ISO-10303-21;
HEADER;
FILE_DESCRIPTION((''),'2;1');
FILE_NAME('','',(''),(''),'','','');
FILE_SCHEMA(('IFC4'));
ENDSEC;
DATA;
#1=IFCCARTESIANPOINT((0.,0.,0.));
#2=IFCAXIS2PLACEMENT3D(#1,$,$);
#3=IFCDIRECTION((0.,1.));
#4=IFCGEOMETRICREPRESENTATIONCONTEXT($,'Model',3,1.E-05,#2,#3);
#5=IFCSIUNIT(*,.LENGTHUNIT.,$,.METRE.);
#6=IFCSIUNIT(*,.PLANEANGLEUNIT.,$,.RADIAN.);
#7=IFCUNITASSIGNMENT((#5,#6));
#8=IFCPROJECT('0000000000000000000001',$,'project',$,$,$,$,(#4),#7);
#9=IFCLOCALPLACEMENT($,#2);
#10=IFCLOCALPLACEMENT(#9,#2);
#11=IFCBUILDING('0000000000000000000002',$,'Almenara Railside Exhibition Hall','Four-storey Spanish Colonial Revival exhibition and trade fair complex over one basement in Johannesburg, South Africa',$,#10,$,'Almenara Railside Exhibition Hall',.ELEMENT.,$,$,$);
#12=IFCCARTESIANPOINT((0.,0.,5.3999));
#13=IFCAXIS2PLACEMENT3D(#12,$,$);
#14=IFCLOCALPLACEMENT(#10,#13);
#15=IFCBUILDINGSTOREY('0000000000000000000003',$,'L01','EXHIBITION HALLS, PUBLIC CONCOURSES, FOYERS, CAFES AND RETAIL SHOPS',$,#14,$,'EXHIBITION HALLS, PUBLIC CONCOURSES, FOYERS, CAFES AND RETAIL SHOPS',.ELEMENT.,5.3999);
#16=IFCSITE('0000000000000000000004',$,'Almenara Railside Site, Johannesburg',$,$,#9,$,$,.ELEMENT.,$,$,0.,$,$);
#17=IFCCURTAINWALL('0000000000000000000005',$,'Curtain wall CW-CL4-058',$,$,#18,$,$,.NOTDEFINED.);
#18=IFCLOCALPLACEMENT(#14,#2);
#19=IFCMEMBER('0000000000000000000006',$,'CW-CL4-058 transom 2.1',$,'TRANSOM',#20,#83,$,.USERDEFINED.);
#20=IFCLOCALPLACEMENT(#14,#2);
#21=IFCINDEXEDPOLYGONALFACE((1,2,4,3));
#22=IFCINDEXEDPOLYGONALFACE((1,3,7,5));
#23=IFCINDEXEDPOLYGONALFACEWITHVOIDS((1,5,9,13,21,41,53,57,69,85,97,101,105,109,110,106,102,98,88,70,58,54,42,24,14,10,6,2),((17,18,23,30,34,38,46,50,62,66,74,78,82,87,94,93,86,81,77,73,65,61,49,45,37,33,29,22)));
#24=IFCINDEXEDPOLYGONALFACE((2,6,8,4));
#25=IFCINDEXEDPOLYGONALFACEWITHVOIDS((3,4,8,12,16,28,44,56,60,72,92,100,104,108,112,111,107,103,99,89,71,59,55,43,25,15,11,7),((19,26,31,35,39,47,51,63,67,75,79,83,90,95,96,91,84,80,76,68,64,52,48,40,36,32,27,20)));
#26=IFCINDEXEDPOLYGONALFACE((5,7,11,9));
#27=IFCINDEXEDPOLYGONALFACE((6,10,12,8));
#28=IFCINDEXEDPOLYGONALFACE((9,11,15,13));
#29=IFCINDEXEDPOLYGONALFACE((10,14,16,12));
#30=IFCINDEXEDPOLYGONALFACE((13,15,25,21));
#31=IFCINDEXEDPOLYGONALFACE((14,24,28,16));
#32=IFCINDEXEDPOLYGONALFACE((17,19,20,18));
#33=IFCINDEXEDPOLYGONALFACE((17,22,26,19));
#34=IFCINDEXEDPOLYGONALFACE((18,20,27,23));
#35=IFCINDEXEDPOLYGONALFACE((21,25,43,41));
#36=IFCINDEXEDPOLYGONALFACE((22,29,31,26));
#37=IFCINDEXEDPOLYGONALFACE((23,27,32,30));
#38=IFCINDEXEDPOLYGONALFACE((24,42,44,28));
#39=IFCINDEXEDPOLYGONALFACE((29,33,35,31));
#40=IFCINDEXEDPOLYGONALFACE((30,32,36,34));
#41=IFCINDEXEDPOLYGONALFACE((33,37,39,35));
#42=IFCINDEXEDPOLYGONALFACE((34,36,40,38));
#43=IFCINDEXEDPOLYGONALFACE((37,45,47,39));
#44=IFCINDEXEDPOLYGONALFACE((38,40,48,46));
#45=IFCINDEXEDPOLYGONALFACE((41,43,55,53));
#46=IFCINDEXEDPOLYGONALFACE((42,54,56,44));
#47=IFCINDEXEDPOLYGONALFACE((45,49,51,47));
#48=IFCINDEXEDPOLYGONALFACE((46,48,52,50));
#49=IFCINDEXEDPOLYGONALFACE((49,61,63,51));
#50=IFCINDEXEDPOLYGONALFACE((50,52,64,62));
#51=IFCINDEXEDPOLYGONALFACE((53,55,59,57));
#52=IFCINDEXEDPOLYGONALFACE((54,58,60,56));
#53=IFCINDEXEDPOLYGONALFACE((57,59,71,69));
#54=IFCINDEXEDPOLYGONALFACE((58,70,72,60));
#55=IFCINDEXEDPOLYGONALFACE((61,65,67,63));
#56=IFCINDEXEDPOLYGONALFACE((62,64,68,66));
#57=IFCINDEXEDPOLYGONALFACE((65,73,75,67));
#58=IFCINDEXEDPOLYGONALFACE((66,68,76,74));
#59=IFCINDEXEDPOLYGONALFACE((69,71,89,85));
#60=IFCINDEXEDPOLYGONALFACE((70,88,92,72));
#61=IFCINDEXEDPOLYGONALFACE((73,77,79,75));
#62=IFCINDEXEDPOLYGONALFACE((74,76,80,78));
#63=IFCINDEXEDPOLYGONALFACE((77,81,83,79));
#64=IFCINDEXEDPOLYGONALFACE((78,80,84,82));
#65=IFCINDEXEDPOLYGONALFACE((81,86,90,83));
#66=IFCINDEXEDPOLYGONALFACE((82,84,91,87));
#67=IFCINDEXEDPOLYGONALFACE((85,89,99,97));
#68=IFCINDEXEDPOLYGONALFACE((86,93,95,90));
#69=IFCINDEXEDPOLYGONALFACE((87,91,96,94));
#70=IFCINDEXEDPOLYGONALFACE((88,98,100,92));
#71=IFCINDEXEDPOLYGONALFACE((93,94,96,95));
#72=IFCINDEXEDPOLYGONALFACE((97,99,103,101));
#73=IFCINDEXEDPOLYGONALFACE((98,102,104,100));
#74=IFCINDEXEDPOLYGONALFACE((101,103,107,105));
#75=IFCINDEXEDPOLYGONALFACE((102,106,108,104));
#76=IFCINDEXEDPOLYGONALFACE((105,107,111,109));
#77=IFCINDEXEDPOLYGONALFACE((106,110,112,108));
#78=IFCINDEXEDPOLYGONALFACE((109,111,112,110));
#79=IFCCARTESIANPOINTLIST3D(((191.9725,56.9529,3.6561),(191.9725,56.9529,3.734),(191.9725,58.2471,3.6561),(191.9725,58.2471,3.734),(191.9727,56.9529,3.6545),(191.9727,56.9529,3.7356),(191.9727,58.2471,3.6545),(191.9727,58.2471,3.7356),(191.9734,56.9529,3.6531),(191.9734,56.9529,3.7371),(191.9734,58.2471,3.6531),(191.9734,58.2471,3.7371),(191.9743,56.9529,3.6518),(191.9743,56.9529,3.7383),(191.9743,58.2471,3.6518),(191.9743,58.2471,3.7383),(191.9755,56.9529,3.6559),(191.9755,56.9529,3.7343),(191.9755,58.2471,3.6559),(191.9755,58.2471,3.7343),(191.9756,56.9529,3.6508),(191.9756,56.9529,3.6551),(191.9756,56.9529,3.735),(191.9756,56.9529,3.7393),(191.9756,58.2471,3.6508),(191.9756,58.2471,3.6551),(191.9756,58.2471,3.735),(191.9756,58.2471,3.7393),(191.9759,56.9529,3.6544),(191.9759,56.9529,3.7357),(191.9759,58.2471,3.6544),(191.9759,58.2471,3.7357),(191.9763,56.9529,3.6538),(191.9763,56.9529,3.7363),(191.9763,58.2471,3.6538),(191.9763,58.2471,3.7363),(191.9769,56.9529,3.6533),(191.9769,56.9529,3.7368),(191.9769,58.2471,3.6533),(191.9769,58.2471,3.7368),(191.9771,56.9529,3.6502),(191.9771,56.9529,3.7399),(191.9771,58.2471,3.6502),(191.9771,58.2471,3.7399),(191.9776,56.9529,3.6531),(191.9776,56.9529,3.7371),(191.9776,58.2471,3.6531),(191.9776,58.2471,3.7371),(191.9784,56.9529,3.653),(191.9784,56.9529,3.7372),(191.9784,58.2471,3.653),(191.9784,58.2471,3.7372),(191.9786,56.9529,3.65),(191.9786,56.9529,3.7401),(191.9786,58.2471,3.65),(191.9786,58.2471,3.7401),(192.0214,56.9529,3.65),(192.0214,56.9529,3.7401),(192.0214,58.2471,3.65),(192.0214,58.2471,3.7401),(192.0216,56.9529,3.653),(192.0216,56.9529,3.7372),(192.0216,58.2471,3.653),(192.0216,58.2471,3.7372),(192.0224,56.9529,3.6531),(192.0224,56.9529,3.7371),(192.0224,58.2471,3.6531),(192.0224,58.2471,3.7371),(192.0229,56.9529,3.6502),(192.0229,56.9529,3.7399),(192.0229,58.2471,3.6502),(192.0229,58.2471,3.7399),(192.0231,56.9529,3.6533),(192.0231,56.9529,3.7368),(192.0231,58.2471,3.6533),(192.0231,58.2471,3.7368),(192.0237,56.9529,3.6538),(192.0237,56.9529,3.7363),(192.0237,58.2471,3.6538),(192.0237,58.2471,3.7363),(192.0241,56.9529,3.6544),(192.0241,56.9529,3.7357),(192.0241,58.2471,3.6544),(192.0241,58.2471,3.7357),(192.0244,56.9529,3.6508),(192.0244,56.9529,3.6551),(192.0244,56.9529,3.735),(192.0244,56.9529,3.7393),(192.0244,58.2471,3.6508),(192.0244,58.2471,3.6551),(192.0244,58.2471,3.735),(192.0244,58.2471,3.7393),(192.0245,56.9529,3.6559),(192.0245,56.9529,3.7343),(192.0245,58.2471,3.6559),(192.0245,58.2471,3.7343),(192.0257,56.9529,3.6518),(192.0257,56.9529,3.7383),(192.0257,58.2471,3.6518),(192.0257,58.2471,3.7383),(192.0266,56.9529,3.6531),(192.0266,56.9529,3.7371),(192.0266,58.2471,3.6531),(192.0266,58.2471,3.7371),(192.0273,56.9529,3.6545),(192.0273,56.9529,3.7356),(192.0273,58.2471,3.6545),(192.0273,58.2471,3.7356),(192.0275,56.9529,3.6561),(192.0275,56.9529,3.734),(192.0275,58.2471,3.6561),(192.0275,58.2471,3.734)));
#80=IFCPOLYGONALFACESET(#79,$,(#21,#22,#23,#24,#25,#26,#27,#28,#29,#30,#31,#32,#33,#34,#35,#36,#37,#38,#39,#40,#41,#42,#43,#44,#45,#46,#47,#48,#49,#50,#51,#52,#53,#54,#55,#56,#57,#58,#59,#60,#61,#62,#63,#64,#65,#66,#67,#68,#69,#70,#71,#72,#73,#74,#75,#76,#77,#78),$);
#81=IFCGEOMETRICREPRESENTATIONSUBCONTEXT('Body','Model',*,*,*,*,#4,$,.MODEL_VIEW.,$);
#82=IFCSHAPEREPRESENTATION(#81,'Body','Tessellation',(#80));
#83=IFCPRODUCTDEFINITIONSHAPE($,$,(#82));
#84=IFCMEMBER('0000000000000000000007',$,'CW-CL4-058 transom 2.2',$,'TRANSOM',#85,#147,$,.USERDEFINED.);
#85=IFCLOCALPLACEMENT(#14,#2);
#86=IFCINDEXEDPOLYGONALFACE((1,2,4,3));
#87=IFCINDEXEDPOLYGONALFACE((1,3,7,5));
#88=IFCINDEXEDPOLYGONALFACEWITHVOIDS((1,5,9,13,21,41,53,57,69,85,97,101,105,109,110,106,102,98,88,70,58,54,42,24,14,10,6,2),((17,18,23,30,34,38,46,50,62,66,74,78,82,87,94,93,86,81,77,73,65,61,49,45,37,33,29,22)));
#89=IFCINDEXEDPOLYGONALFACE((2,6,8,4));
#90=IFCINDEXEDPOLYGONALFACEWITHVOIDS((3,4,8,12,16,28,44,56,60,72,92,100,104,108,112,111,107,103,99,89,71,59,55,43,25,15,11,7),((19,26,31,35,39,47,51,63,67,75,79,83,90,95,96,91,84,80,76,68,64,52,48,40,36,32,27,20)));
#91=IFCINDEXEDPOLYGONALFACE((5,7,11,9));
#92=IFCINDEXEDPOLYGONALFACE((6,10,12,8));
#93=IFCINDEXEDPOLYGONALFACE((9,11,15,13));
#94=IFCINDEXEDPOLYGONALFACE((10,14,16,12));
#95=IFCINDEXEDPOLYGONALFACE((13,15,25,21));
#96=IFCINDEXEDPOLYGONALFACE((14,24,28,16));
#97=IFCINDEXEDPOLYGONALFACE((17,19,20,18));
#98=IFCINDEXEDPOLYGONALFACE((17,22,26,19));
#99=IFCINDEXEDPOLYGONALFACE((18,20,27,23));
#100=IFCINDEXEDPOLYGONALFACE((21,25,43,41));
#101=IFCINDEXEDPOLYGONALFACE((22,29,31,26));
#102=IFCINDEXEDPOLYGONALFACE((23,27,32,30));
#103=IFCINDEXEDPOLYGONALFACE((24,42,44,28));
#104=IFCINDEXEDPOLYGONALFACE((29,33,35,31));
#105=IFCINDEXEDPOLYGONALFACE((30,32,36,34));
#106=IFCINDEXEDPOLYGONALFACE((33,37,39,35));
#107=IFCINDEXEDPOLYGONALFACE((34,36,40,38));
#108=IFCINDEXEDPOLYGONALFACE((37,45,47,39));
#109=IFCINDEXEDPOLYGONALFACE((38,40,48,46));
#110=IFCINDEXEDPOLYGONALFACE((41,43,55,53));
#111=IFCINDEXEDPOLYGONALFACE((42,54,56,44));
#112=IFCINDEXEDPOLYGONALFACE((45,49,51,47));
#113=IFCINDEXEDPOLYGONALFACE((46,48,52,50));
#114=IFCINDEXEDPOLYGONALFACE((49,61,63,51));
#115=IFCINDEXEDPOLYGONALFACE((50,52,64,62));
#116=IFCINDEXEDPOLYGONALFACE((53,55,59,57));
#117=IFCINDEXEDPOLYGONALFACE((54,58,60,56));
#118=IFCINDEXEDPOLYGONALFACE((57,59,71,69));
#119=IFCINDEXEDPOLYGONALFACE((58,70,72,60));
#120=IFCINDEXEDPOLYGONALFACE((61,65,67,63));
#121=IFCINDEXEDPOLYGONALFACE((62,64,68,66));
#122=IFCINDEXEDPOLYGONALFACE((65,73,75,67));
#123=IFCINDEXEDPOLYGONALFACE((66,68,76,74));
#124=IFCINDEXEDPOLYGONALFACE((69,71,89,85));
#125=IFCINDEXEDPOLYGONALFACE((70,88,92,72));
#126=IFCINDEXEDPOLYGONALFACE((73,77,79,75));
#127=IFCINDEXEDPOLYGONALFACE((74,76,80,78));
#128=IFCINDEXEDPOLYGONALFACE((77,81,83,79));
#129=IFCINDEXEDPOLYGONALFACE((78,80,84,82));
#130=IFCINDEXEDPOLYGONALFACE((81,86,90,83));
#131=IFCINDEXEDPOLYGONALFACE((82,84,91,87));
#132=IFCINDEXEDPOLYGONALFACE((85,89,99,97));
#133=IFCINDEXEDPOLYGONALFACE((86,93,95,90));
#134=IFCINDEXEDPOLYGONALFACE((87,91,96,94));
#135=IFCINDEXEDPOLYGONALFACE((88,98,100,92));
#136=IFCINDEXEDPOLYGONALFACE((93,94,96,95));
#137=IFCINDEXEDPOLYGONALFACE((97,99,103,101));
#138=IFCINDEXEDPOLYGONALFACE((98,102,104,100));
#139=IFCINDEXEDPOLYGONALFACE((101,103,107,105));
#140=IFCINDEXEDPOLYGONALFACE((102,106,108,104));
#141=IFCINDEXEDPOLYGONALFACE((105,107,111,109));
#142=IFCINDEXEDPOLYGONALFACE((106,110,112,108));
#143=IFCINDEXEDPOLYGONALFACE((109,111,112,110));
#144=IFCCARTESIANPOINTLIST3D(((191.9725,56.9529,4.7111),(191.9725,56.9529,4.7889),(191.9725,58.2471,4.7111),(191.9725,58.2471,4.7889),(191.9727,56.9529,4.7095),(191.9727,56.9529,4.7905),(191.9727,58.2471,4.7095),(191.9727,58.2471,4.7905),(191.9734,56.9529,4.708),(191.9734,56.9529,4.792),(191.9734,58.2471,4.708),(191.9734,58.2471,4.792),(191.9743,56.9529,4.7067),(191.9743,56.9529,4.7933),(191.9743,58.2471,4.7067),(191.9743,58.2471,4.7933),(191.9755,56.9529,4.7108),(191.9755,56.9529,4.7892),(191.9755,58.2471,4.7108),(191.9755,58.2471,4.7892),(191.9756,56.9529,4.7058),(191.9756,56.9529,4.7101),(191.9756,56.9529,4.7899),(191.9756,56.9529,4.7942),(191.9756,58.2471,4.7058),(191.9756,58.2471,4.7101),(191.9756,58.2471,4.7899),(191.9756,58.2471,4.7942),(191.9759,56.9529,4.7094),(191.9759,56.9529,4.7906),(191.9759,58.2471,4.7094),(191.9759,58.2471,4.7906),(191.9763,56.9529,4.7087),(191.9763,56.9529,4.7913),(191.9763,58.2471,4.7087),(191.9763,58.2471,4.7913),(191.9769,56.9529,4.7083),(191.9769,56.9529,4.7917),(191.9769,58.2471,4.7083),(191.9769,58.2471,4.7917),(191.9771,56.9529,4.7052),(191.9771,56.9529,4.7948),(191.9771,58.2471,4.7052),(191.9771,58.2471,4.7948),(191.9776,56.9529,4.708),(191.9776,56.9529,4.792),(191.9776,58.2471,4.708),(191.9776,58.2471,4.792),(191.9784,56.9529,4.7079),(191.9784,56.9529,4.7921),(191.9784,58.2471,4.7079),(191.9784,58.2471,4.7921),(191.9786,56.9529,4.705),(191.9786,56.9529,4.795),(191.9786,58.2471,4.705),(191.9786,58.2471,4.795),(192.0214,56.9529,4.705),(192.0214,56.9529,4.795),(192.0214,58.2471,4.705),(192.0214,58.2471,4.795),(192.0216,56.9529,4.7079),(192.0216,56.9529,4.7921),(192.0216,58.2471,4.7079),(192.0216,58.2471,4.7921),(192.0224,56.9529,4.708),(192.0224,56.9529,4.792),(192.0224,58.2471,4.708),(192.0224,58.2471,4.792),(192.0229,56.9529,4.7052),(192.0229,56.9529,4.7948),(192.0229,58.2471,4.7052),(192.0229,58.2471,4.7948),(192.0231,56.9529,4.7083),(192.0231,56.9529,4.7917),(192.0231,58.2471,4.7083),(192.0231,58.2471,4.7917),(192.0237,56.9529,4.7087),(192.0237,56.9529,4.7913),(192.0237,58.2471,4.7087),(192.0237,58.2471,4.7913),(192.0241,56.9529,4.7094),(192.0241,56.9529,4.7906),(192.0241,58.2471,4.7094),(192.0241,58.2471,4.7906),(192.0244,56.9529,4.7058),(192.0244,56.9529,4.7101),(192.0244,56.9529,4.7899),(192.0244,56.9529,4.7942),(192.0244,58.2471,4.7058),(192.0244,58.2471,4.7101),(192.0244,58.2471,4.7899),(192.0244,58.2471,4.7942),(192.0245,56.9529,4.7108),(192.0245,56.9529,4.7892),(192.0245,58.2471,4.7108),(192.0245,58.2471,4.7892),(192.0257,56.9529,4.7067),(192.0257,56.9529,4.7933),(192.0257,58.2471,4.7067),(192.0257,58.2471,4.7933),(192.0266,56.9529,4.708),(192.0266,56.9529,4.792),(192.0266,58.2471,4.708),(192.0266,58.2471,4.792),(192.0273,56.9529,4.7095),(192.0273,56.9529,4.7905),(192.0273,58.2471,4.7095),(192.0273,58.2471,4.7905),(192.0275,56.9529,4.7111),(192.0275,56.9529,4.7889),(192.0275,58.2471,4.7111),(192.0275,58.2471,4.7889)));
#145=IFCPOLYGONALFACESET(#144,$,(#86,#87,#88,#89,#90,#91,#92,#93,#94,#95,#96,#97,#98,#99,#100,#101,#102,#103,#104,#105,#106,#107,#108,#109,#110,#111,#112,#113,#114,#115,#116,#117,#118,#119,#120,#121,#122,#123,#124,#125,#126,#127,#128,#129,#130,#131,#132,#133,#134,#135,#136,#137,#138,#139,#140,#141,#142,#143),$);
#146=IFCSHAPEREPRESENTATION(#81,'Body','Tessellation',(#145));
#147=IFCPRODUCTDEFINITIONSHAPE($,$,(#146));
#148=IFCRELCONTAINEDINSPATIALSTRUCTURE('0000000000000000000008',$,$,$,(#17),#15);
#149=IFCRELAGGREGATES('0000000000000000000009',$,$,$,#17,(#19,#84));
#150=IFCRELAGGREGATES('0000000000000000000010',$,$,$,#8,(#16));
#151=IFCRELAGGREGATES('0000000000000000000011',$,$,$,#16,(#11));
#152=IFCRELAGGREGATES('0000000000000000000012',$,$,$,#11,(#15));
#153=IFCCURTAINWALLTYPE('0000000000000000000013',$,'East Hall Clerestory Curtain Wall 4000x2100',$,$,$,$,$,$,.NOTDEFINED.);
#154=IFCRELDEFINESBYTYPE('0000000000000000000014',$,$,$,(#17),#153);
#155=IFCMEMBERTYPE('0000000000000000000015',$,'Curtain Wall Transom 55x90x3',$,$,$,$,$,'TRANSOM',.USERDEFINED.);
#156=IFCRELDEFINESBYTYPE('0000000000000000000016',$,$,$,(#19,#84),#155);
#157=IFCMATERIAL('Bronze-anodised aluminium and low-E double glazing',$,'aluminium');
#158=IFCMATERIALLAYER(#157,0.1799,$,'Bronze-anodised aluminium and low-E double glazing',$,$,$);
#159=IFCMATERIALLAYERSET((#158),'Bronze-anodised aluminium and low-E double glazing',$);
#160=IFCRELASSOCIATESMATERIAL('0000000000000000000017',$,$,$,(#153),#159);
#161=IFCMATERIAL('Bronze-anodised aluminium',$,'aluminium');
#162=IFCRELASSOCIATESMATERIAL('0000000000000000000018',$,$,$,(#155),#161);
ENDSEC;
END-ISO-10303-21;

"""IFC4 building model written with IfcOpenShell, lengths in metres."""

from ifc_helpers import new_model, si_unit, direction, frame, origin, origin_2d, place, context, subcontext, project, spatial, hollow_rectangle, extrude, material, layer, layer_set, material_profile, profile_set, type_object, element, aggregate, save


model = new_model("IFC4")

# Units and contexts
model_context = context("Model", 3, precision=1e-05, world=origin(), true_north=direction((0.0, 1.0)))
body_context = subcontext(model_context, "Body", "Model", "MODEL_VIEW")
ifc_project = project(units=[si_unit("LENGTHUNIT", "METRE"), si_unit("PLANEANGLEUNIT", "RADIAN")], contexts=[model_context])

# Site, building, storey
site_placement = place(None, origin())
site = spatial("IfcSite", under=ifc_project, at=site_placement, Name="Almenara Railside Site, Johannesburg", CompositionType="ELEMENT", RefElevation=0.0)
building_placement = place(site_placement, origin())
building = spatial("IfcBuilding", under=site, at=building_placement, Name="Almenara Railside Exhibition Hall", Description="Four-storey Spanish Colonial Revival exhibition and trade fair complex over one basement in Johannesburg, South Africa", LongName="Almenara Railside Exhibition Hall", CompositionType="ELEMENT")
storey_placement = place(building_placement, frame((0.0, 0.0, 5.3999)))
storey = spatial("IfcBuildingStorey", under=building, at=storey_placement, Name="L01", Description="EXHIBITION HALLS, PUBLIC CONCOURSES, FOYERS, CAFES AND RETAIL SHOPS", LongName="EXHIBITION HALLS, PUBLIC CONCOURSES, FOYERS, CAFES AND RETAIL SHOPS", CompositionType="ELEMENT", Elevation=5.3999)

# Curtain wall, members
ifc_material_1 = material(Name="Bronze-anodised aluminium and low-E double glazing", Category="aluminium")
ifc_layer_1 = layer(ifc_material_1, 0.1799, Name="Bronze-anodised aluminium and low-E double glazing")
ifc_layer_set_1 = layer_set([ifc_layer_1], Name="Bronze-anodised aluminium and low-E double glazing")
curtain_wall_type = type_object("IfcCurtainWallType", Name="East Hall Clerestory Curtain Wall 4000x2100", PredefinedType="NOTDEFINED", material=ifc_layer_set_1)
curtain_wall_placement = place(storey_placement, origin())
curtain_wall = element("IfcCurtainWall", 1, at=curtain_wall_placement, inside=storey, type_object=curtain_wall_type, Name="Curtain wall CW-CL4-058", PredefinedType="NOTDEFINED")
ifc_material_2 = material(Name="Bronze-anodised aluminium", Category="aluminium")
ifc_material_profile_1 = material_profile(ifc_material_2, hollow_rectangle(XDim=0.0549, YDim=0.0901, WallThickness=0.0029, InnerFilletRadius=0.0029, OuterFilletRadius=0.0061, at=origin_2d()), Name="ALU-TRN 55x90x3")
ifc_profile_set_1 = profile_set([ifc_material_profile_1], Name="Bronze-anodised aluminium")
member_type_1 = type_object("IfcMemberType", Name="Curtain Wall Transom 55x90x3", ElementType="TRANSOM", PredefinedType="USERDEFINED", material=ifc_profile_set_1)
member_1_placement = place(storey_placement, frame((192.0, 56.9529, 3.6951), z_axis=(0.0, 1.0, 0.0), x_axis=(-1.0, 0.0, 0.0)))
member_1 = element("IfcMember", 2, at=member_1_placement, type_object=member_type_1, Name="CW-CL4-058 transom 2.1", ObjectType="TRANSOM", PredefinedType="USERDEFINED", context=body_context, shape_type="SweptSolid", body=[
    extrude(hollow_rectangle(XDim=0.0549, YDim=0.0901, WallThickness=0.0029, InnerFilletRadius=0.0029, OuterFilletRadius=0.0061, at=origin_2d()), origin(), (0.0, 0.0, 1.0), 1.2942),
])
member_2_placement = place(storey_placement, frame((192.0, 56.9529, 4.75), z_axis=(0.0, 1.0, 0.0), x_axis=(-1.0, 0.0, 0.0)))
member_2 = element("IfcMember", 3, at=member_2_placement, type_object=member_type_1, Name="CW-CL4-058 transom 2.2", ObjectType="TRANSOM", PredefinedType="USERDEFINED", context=body_context, shape_type="SweptSolid", body=[
    extrude(hollow_rectangle(XDim=0.0549, YDim=0.0901, WallThickness=0.0029, InnerFilletRadius=0.0029, OuterFilletRadius=0.0061, at=origin_2d()), origin(), (0.0, 0.0, 1.0), 1.2942),
])

aggregate(curtain_wall, [member_1, member_2])

save(model, "model.ifc")
